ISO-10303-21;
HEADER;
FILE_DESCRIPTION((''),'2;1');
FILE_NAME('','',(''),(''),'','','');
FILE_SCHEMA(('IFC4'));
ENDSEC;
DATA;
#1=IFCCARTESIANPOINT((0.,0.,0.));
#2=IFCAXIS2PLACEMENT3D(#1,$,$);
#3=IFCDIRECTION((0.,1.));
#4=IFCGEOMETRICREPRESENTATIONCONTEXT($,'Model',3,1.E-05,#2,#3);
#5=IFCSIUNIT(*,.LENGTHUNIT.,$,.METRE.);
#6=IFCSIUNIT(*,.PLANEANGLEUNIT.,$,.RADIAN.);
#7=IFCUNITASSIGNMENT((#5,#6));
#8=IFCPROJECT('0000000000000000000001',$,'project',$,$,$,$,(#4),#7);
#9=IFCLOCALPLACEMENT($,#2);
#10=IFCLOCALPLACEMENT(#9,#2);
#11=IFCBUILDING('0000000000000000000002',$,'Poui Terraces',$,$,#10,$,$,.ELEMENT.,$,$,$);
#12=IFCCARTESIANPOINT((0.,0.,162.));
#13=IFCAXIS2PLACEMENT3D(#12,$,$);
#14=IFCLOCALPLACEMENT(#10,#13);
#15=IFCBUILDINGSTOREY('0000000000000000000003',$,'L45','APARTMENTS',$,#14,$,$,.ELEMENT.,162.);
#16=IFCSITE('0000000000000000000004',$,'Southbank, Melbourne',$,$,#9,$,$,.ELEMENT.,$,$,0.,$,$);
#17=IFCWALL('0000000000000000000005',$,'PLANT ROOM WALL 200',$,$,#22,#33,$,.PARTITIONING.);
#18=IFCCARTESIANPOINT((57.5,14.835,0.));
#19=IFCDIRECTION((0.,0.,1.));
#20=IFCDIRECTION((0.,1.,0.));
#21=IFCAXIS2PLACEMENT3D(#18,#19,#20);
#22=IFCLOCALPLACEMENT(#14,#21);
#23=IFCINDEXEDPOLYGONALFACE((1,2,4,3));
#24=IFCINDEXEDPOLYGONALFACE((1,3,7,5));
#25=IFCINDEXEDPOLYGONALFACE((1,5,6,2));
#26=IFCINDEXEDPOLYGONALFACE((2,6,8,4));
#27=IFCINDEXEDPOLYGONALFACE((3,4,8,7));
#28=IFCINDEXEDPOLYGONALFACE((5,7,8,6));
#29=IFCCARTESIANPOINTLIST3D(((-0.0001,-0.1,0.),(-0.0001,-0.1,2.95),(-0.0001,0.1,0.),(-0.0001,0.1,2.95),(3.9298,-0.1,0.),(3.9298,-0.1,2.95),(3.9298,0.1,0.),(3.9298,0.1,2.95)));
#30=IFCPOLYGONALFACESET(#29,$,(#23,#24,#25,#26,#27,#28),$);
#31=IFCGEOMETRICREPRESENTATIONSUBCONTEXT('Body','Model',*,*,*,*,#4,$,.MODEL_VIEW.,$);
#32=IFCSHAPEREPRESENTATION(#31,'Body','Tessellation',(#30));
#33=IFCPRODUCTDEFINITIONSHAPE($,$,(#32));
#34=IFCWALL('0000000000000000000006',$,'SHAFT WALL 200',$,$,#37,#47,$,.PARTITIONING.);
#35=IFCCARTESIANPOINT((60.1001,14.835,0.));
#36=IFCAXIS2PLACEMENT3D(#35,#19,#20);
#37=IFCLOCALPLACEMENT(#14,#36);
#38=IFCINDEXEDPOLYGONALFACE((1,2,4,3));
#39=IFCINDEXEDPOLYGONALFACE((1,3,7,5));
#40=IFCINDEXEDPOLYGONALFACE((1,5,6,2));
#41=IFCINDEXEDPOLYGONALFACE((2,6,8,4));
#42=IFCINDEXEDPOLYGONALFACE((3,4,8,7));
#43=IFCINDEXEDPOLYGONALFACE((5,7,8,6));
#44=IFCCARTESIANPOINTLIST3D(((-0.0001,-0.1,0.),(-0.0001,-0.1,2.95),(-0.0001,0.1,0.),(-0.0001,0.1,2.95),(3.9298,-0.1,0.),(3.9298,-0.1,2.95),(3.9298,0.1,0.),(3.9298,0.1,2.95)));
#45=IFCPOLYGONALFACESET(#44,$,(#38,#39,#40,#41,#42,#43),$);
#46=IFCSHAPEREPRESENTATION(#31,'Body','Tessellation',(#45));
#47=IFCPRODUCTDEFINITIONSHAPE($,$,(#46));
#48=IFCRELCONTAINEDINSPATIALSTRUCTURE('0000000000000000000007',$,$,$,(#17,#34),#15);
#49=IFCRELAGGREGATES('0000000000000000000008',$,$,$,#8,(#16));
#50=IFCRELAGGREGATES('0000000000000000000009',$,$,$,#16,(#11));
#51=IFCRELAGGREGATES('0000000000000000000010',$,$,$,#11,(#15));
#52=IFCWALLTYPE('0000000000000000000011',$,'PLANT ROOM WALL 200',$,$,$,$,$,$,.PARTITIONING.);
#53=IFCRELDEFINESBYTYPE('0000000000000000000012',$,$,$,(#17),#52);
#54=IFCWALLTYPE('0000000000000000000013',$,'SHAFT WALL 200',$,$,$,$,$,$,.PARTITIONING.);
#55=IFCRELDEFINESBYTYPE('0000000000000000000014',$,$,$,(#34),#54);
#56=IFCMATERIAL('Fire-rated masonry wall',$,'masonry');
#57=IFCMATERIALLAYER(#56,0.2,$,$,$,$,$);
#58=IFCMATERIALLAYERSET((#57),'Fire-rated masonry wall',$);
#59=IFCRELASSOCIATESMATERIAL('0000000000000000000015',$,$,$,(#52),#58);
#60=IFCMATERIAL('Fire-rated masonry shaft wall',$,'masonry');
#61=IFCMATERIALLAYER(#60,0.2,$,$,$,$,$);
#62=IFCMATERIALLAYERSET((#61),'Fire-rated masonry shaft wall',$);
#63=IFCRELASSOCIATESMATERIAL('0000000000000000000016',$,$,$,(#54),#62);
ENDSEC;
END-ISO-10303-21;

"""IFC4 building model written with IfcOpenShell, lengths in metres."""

from ifc_helpers import new_model, si_unit, direction, frame, frame_2d, origin, place, context, subcontext, project, spatial, rectangle, extrude, material, layer, layer_set, type_object, element, save


model = new_model("IFC4")

# Units and contexts
model_context = context("Model", 3, precision=1e-05, world=origin(), true_north=direction((0.0, 1.0)))
body_context = subcontext(model_context, "Body", "Model", "MODEL_VIEW")
ifc_project = project(units=[si_unit("LENGTHUNIT", "METRE"), si_unit("PLANEANGLEUNIT", "RADIAN")], contexts=[model_context])

# Site, building, storey
site_placement = place(None, origin())
site = spatial("IfcSite", under=ifc_project, at=site_placement, Name="Southbank, Melbourne", CompositionType="ELEMENT", RefElevation=0.0)
building_placement = place(site_placement, origin())
building = spatial("IfcBuilding", under=site, at=building_placement, Name="Poui Terraces", CompositionType="ELEMENT")
storey_placement = place(building_placement, frame((0.0, 0.0, 162.0)))
storey = spatial("IfcBuildingStorey", under=building, at=storey_placement, Name="L45", Description="APARTMENTS", CompositionType="ELEMENT", Elevation=162.0)

# Walls
ifc_material_1 = material(Name="Fire-rated masonry wall", Category="masonry")
ifc_layer_1 = layer(ifc_material_1, 0.2)
ifc_layer_set_1 = layer_set([ifc_layer_1], Name="Fire-rated masonry wall")
wall_type_1 = type_object("IfcWallType", Name="PLANT ROOM WALL 200", PredefinedType="PARTITIONING", material=ifc_layer_set_1)
wall_1_placement = place(storey_placement, frame((57.5, 14.835, 0.0), z_axis=(0.0, 0.0, 1.0), x_axis=(0.0, 1.0, 0.0)))
element("IfcWall", 1, at=wall_1_placement, inside=storey, type_object=wall_type_1, Name="PLANT ROOM WALL 200", PredefinedType="PARTITIONING", context=body_context, shape_type="SweptSolid", body=[
    extrude(rectangle(XDim=3.9299, YDim=0.2, at=frame_2d((1.9648, 0.0))), origin(), (0.0, 0.0, 1.0), 2.95),
])
ifc_material_2 = material(Name="Fire-rated masonry shaft wall", Category="masonry")
ifc_layer_2 = layer(ifc_material_2, 0.2)
ifc_layer_set_2 = layer_set([ifc_layer_2], Name="Fire-rated masonry shaft wall")
wall_type_2 = type_object("IfcWallType", Name="SHAFT WALL 200", PredefinedType="PARTITIONING", material=ifc_layer_set_2)
wall_2_placement = place(storey_placement, frame((60.1001, 14.835, 0.0), z_axis=(0.0, 0.0, 1.0), x_axis=(0.0, 1.0, 0.0)))
element("IfcWall", 2, at=wall_2_placement, inside=storey, type_object=wall_type_2, Name="SHAFT WALL 200", PredefinedType="PARTITIONING", context=body_context, shape_type="SweptSolid", body=[
    extrude(rectangle(XDim=3.9299, YDim=0.2, at=frame_2d((1.9648, 0.0))), origin(), (0.0, 0.0, 1.0), 2.95),
])

save(model, "model.ifc")
